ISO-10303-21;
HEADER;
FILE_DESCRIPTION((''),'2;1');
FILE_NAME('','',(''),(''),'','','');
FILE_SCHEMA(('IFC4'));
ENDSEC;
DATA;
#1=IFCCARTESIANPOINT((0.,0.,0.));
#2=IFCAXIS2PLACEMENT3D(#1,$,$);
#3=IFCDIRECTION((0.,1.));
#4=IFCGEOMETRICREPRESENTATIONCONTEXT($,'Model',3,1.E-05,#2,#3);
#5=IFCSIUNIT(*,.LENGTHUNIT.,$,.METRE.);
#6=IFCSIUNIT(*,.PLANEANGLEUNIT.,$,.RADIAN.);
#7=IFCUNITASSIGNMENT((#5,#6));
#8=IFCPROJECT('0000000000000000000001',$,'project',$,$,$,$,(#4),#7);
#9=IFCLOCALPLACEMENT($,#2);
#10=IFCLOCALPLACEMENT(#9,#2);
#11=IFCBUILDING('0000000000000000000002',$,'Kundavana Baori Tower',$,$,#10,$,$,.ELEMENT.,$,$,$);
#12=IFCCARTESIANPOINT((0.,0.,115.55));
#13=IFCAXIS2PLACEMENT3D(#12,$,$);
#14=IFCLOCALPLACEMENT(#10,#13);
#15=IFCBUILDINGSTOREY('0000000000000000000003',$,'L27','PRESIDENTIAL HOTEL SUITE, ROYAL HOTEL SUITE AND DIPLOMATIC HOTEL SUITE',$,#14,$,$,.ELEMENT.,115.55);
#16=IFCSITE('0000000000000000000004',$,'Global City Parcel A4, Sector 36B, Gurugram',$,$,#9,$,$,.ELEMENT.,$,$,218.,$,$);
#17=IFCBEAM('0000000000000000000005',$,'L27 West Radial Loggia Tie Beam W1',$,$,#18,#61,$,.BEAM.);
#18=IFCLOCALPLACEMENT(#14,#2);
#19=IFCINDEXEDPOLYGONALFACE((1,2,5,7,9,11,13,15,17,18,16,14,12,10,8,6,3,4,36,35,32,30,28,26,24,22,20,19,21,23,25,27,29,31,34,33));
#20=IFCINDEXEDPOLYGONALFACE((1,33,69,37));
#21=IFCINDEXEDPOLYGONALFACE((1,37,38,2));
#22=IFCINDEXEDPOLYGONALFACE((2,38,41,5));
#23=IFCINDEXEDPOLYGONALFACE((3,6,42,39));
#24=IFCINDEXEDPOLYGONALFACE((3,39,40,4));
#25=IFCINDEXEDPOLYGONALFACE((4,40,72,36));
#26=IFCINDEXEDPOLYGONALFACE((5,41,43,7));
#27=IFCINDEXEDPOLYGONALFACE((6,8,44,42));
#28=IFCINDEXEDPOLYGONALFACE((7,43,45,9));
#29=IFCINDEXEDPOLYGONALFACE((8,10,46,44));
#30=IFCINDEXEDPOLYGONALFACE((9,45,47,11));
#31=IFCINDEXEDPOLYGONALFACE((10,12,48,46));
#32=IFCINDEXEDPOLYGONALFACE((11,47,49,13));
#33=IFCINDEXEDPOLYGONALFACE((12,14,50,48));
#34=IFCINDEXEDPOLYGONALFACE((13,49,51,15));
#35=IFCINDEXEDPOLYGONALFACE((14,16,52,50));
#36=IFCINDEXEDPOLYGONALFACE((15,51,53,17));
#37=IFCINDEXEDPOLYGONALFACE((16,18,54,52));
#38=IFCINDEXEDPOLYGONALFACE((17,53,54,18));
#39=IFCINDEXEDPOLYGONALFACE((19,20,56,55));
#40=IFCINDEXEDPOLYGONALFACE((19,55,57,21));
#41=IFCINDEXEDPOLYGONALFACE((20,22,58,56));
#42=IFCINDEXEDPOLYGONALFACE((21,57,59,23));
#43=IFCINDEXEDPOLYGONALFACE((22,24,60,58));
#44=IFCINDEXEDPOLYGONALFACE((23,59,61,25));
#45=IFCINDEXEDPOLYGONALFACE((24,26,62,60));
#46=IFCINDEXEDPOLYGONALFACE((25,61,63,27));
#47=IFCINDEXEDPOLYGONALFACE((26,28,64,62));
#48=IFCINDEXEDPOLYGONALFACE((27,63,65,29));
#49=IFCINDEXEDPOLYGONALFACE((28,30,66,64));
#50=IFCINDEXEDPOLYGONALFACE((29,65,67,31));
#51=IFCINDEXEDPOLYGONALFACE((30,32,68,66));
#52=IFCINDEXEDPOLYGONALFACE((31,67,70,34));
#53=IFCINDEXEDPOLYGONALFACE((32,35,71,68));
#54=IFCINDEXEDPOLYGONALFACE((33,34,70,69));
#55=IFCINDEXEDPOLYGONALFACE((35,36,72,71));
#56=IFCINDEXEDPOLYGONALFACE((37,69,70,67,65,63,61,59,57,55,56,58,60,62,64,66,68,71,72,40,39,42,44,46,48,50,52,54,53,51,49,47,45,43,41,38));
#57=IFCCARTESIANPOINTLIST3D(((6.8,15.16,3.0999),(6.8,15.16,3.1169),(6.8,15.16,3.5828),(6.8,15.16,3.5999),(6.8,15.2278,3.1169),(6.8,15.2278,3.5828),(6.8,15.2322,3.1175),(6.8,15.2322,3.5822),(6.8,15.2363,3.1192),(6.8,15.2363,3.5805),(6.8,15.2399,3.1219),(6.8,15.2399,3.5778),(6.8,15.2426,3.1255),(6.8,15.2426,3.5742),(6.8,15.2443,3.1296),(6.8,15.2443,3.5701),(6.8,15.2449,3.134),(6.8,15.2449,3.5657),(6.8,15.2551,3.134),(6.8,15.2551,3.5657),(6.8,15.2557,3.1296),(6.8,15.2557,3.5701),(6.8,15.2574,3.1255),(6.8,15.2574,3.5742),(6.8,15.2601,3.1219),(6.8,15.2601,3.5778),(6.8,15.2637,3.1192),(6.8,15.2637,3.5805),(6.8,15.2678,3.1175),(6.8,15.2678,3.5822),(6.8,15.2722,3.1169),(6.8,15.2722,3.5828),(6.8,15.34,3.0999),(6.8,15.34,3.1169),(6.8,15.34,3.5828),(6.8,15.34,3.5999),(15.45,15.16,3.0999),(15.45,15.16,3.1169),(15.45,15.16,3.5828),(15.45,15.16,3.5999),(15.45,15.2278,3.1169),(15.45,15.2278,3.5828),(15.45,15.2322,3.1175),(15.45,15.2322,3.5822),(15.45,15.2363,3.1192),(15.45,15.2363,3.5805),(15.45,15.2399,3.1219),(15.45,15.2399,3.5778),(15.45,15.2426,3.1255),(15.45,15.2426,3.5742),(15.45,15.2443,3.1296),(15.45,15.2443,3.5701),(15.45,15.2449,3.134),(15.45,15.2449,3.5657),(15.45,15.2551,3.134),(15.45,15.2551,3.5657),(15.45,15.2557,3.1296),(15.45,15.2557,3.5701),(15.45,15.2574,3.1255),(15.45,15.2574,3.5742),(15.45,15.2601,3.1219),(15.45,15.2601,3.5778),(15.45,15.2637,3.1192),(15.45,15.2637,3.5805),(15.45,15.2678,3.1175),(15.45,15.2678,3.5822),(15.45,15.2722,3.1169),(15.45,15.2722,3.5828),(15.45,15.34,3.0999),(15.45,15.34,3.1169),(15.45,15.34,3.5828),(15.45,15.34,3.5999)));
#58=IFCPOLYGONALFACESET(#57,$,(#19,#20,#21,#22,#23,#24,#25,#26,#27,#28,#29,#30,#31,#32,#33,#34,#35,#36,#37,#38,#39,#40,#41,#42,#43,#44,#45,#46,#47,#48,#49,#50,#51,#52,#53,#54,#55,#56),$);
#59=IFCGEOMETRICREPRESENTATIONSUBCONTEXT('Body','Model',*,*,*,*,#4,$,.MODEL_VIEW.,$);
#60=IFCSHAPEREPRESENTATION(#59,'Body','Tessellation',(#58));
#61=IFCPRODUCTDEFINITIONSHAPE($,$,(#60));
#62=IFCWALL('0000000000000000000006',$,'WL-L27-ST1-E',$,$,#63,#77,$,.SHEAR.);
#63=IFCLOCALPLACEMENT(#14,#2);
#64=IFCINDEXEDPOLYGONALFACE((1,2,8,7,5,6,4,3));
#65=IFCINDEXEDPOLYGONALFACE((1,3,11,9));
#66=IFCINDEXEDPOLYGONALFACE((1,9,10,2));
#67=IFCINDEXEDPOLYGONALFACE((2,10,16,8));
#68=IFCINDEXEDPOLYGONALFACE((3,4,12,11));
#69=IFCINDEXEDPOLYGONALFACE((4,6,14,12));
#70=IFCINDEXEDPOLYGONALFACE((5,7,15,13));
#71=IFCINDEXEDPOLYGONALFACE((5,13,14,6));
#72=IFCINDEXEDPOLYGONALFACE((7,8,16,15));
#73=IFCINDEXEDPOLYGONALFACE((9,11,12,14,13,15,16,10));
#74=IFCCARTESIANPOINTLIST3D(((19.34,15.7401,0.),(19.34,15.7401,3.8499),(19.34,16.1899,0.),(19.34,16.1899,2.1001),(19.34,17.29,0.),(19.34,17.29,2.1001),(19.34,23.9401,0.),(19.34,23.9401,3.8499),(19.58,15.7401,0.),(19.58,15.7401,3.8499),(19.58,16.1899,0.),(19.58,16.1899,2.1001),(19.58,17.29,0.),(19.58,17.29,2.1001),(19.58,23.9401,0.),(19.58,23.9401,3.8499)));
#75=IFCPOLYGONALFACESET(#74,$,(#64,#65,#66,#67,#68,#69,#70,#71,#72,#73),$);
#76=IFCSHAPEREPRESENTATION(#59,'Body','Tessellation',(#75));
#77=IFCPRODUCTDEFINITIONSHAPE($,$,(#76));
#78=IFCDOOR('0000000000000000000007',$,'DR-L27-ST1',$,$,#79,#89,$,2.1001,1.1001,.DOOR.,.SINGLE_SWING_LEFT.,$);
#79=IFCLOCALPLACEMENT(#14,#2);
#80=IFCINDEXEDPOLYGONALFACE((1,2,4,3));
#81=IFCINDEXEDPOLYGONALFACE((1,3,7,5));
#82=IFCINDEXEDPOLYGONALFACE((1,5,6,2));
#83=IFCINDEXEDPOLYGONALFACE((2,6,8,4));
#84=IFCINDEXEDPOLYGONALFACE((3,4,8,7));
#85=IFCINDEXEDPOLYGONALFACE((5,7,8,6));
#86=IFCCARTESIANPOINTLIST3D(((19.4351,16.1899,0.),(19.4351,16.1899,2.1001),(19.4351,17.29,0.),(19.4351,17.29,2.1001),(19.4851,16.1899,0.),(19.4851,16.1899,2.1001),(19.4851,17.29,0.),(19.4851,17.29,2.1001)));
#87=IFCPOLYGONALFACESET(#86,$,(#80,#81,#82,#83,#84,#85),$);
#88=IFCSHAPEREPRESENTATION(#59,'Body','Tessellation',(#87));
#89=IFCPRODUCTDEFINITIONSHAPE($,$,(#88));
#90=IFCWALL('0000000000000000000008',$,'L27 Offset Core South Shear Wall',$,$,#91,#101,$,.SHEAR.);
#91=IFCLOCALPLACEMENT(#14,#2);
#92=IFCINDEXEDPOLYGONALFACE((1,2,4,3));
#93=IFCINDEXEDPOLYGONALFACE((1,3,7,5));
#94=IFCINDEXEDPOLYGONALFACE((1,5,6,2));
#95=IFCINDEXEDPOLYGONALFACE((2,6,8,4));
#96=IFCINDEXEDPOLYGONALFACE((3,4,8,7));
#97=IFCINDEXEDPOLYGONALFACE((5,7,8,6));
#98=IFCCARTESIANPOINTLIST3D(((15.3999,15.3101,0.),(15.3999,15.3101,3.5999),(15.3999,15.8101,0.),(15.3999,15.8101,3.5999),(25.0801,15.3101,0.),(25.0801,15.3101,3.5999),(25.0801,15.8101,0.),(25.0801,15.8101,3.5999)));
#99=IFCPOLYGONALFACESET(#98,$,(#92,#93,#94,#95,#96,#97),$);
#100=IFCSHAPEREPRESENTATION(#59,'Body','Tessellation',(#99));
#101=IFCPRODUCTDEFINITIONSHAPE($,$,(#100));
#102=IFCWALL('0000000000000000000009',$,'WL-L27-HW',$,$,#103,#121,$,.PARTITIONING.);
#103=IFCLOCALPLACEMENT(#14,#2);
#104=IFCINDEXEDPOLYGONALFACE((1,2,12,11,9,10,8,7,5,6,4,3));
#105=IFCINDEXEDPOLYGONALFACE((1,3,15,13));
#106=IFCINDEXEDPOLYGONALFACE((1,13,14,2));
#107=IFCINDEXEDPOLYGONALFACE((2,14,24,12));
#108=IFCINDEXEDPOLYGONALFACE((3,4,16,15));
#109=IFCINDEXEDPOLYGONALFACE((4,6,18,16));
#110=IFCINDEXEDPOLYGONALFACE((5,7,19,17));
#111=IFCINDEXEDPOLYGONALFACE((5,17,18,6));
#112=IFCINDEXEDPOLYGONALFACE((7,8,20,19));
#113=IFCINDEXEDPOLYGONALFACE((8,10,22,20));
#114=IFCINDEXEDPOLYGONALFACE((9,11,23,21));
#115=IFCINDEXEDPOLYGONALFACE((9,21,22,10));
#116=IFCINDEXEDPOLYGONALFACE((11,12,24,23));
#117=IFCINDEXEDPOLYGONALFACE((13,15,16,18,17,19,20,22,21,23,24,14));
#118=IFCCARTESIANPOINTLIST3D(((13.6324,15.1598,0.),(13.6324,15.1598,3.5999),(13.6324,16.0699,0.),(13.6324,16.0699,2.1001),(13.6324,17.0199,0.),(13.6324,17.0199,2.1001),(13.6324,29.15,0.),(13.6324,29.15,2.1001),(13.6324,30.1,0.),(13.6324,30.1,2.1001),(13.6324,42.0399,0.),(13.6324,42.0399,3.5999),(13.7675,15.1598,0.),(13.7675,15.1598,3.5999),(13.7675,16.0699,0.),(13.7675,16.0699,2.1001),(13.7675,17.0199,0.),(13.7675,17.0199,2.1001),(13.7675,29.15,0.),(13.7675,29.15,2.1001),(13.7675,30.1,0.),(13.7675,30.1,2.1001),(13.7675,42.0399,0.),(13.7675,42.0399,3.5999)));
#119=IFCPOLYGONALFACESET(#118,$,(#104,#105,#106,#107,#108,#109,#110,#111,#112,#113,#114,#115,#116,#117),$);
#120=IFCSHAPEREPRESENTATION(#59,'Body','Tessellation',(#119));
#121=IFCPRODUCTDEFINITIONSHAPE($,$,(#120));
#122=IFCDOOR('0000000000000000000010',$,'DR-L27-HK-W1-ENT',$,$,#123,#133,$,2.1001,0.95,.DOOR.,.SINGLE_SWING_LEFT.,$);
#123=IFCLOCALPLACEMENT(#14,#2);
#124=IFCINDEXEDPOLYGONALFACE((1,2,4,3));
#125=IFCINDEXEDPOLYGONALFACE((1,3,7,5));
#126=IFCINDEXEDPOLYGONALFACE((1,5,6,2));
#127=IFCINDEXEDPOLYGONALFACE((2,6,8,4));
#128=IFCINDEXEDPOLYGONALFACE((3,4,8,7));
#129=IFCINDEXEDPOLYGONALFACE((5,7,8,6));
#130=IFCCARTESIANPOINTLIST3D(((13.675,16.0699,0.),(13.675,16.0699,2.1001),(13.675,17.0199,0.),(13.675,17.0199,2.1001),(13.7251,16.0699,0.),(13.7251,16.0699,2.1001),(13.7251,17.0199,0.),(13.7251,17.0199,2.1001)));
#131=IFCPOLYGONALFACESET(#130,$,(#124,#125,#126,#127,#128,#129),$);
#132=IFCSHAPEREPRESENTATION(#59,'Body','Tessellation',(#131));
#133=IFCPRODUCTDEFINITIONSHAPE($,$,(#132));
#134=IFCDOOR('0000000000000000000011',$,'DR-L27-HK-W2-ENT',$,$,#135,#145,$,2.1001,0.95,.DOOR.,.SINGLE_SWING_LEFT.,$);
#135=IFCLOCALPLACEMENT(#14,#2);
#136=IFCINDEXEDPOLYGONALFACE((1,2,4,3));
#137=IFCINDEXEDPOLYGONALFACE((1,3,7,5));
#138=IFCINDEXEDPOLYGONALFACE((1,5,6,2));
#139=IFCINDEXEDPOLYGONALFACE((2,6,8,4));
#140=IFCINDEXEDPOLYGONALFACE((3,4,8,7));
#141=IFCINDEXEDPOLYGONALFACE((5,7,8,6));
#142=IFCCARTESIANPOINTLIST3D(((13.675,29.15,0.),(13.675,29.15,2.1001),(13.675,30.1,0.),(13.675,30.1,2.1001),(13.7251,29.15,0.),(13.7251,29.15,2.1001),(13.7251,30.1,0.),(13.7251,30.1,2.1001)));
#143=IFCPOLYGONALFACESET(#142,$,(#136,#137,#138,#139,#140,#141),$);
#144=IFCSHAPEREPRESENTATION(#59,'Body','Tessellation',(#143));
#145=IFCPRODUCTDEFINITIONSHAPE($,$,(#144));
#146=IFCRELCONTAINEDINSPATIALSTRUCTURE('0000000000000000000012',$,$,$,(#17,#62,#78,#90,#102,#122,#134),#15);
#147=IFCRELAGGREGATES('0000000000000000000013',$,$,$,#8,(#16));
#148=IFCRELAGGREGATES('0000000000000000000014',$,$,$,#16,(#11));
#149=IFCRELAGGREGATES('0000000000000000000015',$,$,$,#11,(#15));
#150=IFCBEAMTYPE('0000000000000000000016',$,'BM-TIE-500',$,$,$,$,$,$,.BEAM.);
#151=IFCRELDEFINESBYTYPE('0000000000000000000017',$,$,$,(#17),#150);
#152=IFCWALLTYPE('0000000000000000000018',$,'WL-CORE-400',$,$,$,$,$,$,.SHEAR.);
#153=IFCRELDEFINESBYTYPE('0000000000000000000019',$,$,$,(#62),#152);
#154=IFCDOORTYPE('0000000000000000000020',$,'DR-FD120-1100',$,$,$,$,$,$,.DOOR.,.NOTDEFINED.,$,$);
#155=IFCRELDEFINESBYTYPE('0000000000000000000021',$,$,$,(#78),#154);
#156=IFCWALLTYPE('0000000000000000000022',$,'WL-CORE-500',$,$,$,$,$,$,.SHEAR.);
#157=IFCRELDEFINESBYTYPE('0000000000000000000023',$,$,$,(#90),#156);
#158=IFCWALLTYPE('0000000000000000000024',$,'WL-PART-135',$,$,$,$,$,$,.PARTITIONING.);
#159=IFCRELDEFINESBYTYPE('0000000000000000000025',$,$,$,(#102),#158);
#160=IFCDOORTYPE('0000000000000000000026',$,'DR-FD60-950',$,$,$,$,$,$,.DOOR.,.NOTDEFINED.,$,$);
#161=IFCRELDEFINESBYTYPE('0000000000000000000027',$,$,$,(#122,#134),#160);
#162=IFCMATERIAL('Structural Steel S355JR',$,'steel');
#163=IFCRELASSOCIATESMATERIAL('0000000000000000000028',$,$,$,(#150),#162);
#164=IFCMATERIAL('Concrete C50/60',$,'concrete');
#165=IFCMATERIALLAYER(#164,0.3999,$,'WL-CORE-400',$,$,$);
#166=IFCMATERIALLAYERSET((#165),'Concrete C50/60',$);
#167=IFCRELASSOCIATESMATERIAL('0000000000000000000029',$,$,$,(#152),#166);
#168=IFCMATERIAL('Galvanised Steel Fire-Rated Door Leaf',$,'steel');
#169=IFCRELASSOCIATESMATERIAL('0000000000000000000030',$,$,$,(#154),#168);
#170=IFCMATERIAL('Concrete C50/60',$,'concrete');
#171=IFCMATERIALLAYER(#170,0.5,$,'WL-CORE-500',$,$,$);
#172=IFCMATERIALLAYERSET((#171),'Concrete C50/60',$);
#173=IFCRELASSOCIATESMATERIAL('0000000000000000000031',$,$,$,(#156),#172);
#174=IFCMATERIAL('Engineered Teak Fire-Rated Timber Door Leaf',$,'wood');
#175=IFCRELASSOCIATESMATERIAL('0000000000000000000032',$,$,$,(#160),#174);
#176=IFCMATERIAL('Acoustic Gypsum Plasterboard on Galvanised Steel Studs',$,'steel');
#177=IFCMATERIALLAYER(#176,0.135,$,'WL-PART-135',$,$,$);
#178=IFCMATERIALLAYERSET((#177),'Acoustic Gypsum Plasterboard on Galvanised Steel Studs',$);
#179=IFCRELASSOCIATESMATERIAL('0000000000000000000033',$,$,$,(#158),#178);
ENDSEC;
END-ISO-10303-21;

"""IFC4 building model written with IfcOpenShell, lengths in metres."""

from ifc_helpers import new_model, si_unit, direction, frame, frame_2d, origin, origin_2d, place, context, subcontext, project, spatial, rectangle, i_section, extrude, material, layer, layer_set, material_profile, profile_set, type_object, element, fill, save


model = new_model("IFC4")

# Units and contexts
model_context = context("Model", 3, precision=1e-05, world=origin(), true_north=direction((0.0, 1.0)))
body_context = subcontext(model_context, "Body", "Model", "MODEL_VIEW")
ifc_project = project(units=[si_unit("LENGTHUNIT", "METRE"), si_unit("PLANEANGLEUNIT", "RADIAN")], contexts=[model_context])

# Site, building, storey
site_placement = place(None, origin())
site = spatial("IfcSite", under=ifc_project, at=site_placement, Name="Global City Parcel A4, Sector 36B, Gurugram", CompositionType="ELEMENT", RefElevation=218.0)
building_placement = place(site_placement, origin())
building = spatial("IfcBuilding", under=site, at=building_placement, Name="Kundavana Baori Tower", CompositionType="ELEMENT")
storey_placement = place(building_placement, frame((0.0, 0.0, 115.55)))
storey = spatial("IfcBuildingStorey", under=building, at=storey_placement, Name="L27", Description="PRESIDENTIAL HOTEL SUITE, ROYAL HOTEL SUITE AND DIPLOMATIC HOTEL SUITE", CompositionType="ELEMENT", Elevation=115.55)

# Beam
ifc_material_1 = material(Name="Structural Steel S355JR", Category="steel")
ifc_material_profile_1 = material_profile(ifc_material_1, i_section(OverallWidth=0.1799, OverallDepth=0.5, WebThickness=0.0103, FlangeThickness=0.0171, FilletRadius=0.0171, at=origin_2d()), Name="ISMB 500")
ifc_profile_set_1 = profile_set([ifc_material_profile_1], Name="Structural Steel S355JR")
beam_type_1 = type_object("IfcBeamType", Name="BM-TIE-500", PredefinedType="BEAM", material=ifc_profile_set_1)
for number, where, z_axis, x_axis, name in (
    (1, (15.45, 15.25, 3.3499), (-1.0, 0.0, 0.0), (0.0, -1.0, 0.0), "L27 West Radial Loggia Tie Beam W1"),
):
    element("IfcBeam", number, at=place(storey_placement, frame(where, z_axis=z_axis, x_axis=x_axis)), inside=storey, type_object=beam_type_1, Name=name, PredefinedType="BEAM", context=body_context, shape_type="SweptSolid", body=[
        extrude(i_section(OverallWidth=0.1799, OverallDepth=0.5, WebThickness=0.0103, FlangeThickness=0.0171, FilletRadius=0.0171, at=origin_2d()), origin(), (0.0, 0.0, 1.0), 8.6499),
    ])

# Wall, opening, door
ifc_material_2 = material(Name="Concrete C50/60", Category="concrete")
ifc_layer_1 = layer(ifc_material_2, 0.3999, Name="WL-CORE-400")
ifc_layer_set_1 = layer_set([ifc_layer_1], Name="Concrete C50/60")
wall_type_1 = type_object("IfcWallType", Name="WL-CORE-400", PredefinedType="SHEAR", material=ifc_layer_set_1)
wall_1_placement = place(storey_placement, frame((19.46, 15.74, 0.0), z_axis=(0.0, 0.0, 1.0), x_axis=(0.0, 1.0, 0.0)))
wall_1 = element("IfcWall", 2, at=wall_1_placement, inside=storey, type_object=wall_type_1, Name="WL-L27-ST1-E", PredefinedType="SHEAR", context=body_context, shape_type="SweptSolid", body=[
    extrude(rectangle(XDim=8.2, YDim=0.24, at=frame_2d((4.1001, 0.0))), origin(), (0.0, 0.0, 1.0), 3.8499),
])
opening_1_placement = place(wall_1_placement, frame((0.45, 0.0, 0.0)))
opening_1 = element("IfcOpeningElement", 3, at=opening_1_placement, cuts=wall_1, PredefinedType="OPENING", context=body_context, shape_type="SweptSolid", body=[
    extrude(rectangle(XDim=1.1001, YDim=2.1001, at=frame_2d((0.55, 1.05))), frame((0.0, 0.1299, 0.0), z_axis=(0.0, -1.0, 0.0), x_axis=(1.0, 0.0, 0.0)), (0.0, 0.0, 1.0), 0.26),
])
ifc_material_3 = material(Name="Galvanised Steel Fire-Rated Door Leaf", Category="steel")
door_type_1 = type_object("IfcDoorType", Name="DR-FD120-1100", OperationType="NOTDEFINED", PredefinedType="DOOR", material=ifc_material_3)
door_1_placement = place(opening_1_placement, origin())
door_1 = element("IfcDoor", 4, at=door_1_placement, inside=storey, type_object=door_type_1, Name="DR-L27-ST1", OperationType="SINGLE_SWING_LEFT", OverallHeight=2.1001, OverallWidth=1.1001, PredefinedType="DOOR", context=body_context, shape_type="SweptSolid", body=[
    extrude(rectangle(XDim=1.1001, YDim=2.1001, at=frame_2d((0.55, 1.05))), frame((0.0, 0.0249, 0.0), z_axis=(0.0, -1.0, 0.0), x_axis=(1.0, 0.0, 0.0)), (0.0, 0.0, 1.0), 0.05),
])
fill(opening_1, door_1)

# Wall
ifc_material_4 = material(Name="Concrete C50/60", Category="concrete")
ifc_layer_2 = layer(ifc_material_4, 0.5, Name="WL-CORE-500")
ifc_layer_set_2 = layer_set([ifc_layer_2], Name="Concrete C50/60")
wall_type_2 = type_object("IfcWallType", Name="WL-CORE-500", PredefinedType="SHEAR", material=ifc_layer_set_2)
wall_2_placement = place(storey_placement, frame((15.3999, 15.5601, 0.0), z_axis=(0.0, 0.0, 1.0), x_axis=(1.0, 0.0, 0.0)))
element("IfcWall", 5, at=wall_2_placement, inside=storey, type_object=wall_type_2, Name="L27 Offset Core South Shear Wall", PredefinedType="SHEAR", context=body_context, shape_type="SweptSolid", body=[
    extrude(rectangle(XDim=9.6802, YDim=0.5, at=frame_2d((4.8401, 0.0))), origin(), (0.0, 0.0, 1.0), 3.5999),
])

# Wall, openings, doors
ifc_material_5 = material(Name="Engineered Teak Fire-Rated Timber Door Leaf", Category="wood")
door_type_2 = type_object("IfcDoorType", Name="DR-FD60-950", OperationType="NOTDEFINED", PredefinedType="DOOR", material=ifc_material_5)
ifc_material_6 = material(Name="Acoustic Gypsum Plasterboard on Galvanised Steel Studs", Category="steel")
ifc_layer_3 = layer(ifc_material_6, 0.135, Name="WL-PART-135")
ifc_layer_set_3 = layer_set([ifc_layer_3], Name="Acoustic Gypsum Plasterboard on Galvanised Steel Studs")
wall_type_3 = type_object("IfcWallType", Name="WL-PART-135", PredefinedType="PARTITIONING", material=ifc_layer_set_3)
wall_3_placement = place(storey_placement, frame((13.7, 15.1599, 0.0), z_axis=(0.0, 0.0, 1.0), x_axis=(0.0, 1.0, 0.0)))
wall_3 = element("IfcWall", 6, at=wall_3_placement, inside=storey, type_object=wall_type_3, Name="WL-L27-HW", PredefinedType="PARTITIONING", context=body_context, shape_type="SweptSolid", body=[
    extrude(rectangle(XDim=26.8801, YDim=0.135, at=frame_2d((13.4399, 0.0))), origin(), (0.0, 0.0, 1.0), 3.5999),
])
opening_2_placement = place(wall_3_placement, frame((0.9099, 0.0, 0.0)))
opening_2 = element("IfcOpeningElement", 7, at=opening_2_placement, cuts=wall_3, PredefinedType="OPENING", context=body_context, shape_type="SweptSolid", body=[
    extrude(rectangle(XDim=0.95, YDim=2.1001, at=frame_2d((0.4751, 1.05))), frame((0.0, 0.0776, 0.0), z_axis=(0.0, -1.0, 0.0), x_axis=(1.0, 0.0, 0.0)), (0.0, 0.0, 1.0), 0.155),
])
opening_3_placement = place(wall_3_placement, frame((13.99, 0.0, 0.0)))
opening_3 = element("IfcOpeningElement", 8, at=opening_3_placement, cuts=wall_3, PredefinedType="OPENING", context=body_context, shape_type="SweptSolid", body=[
    extrude(rectangle(XDim=0.95, YDim=2.1001, at=frame_2d((0.4751, 1.05))), frame((0.0, 0.0776, 0.0), z_axis=(0.0, -1.0, 0.0), x_axis=(1.0, 0.0, 0.0)), (0.0, 0.0, 1.0), 0.155),
])
door_2_placement = place(opening_2_placement, origin())
door_2 = element("IfcDoor", 9, at=door_2_placement, inside=storey, type_object=door_type_2, Name="DR-L27-HK-W1-ENT", OperationType="SINGLE_SWING_LEFT", OverallHeight=2.1001, OverallWidth=0.95, PredefinedType="DOOR", context=body_context, shape_type="SweptSolid", body=[
    extrude(rectangle(XDim=0.95, YDim=2.1001, at=frame_2d((0.4751, 1.05))), frame((0.0, 0.0249, 0.0), z_axis=(0.0, -1.0, 0.0), x_axis=(1.0, 0.0, 0.0)), (0.0, 0.0, 1.0), 0.05),
])
fill(opening_2, door_2)
door_3_placement = place(opening_3_placement, origin())
door_3 = element("IfcDoor", 10, at=door_3_placement, inside=storey, type_object=door_type_2, Name="DR-L27-HK-W2-ENT", OperationType="SINGLE_SWING_LEFT", OverallHeight=2.1001, OverallWidth=0.95, PredefinedType="DOOR", context=body_context, shape_type="SweptSolid", body=[
    extrude(rectangle(XDim=0.95, YDim=2.1001, at=frame_2d((0.4751, 1.05))), frame((0.0, 0.0249, 0.0), z_axis=(0.0, -1.0, 0.0), x_axis=(1.0, 0.0, 0.0)), (0.0, 0.0, 1.0), 0.05),
])
fill(opening_3, door_3)

save(model, "model.ifc")
